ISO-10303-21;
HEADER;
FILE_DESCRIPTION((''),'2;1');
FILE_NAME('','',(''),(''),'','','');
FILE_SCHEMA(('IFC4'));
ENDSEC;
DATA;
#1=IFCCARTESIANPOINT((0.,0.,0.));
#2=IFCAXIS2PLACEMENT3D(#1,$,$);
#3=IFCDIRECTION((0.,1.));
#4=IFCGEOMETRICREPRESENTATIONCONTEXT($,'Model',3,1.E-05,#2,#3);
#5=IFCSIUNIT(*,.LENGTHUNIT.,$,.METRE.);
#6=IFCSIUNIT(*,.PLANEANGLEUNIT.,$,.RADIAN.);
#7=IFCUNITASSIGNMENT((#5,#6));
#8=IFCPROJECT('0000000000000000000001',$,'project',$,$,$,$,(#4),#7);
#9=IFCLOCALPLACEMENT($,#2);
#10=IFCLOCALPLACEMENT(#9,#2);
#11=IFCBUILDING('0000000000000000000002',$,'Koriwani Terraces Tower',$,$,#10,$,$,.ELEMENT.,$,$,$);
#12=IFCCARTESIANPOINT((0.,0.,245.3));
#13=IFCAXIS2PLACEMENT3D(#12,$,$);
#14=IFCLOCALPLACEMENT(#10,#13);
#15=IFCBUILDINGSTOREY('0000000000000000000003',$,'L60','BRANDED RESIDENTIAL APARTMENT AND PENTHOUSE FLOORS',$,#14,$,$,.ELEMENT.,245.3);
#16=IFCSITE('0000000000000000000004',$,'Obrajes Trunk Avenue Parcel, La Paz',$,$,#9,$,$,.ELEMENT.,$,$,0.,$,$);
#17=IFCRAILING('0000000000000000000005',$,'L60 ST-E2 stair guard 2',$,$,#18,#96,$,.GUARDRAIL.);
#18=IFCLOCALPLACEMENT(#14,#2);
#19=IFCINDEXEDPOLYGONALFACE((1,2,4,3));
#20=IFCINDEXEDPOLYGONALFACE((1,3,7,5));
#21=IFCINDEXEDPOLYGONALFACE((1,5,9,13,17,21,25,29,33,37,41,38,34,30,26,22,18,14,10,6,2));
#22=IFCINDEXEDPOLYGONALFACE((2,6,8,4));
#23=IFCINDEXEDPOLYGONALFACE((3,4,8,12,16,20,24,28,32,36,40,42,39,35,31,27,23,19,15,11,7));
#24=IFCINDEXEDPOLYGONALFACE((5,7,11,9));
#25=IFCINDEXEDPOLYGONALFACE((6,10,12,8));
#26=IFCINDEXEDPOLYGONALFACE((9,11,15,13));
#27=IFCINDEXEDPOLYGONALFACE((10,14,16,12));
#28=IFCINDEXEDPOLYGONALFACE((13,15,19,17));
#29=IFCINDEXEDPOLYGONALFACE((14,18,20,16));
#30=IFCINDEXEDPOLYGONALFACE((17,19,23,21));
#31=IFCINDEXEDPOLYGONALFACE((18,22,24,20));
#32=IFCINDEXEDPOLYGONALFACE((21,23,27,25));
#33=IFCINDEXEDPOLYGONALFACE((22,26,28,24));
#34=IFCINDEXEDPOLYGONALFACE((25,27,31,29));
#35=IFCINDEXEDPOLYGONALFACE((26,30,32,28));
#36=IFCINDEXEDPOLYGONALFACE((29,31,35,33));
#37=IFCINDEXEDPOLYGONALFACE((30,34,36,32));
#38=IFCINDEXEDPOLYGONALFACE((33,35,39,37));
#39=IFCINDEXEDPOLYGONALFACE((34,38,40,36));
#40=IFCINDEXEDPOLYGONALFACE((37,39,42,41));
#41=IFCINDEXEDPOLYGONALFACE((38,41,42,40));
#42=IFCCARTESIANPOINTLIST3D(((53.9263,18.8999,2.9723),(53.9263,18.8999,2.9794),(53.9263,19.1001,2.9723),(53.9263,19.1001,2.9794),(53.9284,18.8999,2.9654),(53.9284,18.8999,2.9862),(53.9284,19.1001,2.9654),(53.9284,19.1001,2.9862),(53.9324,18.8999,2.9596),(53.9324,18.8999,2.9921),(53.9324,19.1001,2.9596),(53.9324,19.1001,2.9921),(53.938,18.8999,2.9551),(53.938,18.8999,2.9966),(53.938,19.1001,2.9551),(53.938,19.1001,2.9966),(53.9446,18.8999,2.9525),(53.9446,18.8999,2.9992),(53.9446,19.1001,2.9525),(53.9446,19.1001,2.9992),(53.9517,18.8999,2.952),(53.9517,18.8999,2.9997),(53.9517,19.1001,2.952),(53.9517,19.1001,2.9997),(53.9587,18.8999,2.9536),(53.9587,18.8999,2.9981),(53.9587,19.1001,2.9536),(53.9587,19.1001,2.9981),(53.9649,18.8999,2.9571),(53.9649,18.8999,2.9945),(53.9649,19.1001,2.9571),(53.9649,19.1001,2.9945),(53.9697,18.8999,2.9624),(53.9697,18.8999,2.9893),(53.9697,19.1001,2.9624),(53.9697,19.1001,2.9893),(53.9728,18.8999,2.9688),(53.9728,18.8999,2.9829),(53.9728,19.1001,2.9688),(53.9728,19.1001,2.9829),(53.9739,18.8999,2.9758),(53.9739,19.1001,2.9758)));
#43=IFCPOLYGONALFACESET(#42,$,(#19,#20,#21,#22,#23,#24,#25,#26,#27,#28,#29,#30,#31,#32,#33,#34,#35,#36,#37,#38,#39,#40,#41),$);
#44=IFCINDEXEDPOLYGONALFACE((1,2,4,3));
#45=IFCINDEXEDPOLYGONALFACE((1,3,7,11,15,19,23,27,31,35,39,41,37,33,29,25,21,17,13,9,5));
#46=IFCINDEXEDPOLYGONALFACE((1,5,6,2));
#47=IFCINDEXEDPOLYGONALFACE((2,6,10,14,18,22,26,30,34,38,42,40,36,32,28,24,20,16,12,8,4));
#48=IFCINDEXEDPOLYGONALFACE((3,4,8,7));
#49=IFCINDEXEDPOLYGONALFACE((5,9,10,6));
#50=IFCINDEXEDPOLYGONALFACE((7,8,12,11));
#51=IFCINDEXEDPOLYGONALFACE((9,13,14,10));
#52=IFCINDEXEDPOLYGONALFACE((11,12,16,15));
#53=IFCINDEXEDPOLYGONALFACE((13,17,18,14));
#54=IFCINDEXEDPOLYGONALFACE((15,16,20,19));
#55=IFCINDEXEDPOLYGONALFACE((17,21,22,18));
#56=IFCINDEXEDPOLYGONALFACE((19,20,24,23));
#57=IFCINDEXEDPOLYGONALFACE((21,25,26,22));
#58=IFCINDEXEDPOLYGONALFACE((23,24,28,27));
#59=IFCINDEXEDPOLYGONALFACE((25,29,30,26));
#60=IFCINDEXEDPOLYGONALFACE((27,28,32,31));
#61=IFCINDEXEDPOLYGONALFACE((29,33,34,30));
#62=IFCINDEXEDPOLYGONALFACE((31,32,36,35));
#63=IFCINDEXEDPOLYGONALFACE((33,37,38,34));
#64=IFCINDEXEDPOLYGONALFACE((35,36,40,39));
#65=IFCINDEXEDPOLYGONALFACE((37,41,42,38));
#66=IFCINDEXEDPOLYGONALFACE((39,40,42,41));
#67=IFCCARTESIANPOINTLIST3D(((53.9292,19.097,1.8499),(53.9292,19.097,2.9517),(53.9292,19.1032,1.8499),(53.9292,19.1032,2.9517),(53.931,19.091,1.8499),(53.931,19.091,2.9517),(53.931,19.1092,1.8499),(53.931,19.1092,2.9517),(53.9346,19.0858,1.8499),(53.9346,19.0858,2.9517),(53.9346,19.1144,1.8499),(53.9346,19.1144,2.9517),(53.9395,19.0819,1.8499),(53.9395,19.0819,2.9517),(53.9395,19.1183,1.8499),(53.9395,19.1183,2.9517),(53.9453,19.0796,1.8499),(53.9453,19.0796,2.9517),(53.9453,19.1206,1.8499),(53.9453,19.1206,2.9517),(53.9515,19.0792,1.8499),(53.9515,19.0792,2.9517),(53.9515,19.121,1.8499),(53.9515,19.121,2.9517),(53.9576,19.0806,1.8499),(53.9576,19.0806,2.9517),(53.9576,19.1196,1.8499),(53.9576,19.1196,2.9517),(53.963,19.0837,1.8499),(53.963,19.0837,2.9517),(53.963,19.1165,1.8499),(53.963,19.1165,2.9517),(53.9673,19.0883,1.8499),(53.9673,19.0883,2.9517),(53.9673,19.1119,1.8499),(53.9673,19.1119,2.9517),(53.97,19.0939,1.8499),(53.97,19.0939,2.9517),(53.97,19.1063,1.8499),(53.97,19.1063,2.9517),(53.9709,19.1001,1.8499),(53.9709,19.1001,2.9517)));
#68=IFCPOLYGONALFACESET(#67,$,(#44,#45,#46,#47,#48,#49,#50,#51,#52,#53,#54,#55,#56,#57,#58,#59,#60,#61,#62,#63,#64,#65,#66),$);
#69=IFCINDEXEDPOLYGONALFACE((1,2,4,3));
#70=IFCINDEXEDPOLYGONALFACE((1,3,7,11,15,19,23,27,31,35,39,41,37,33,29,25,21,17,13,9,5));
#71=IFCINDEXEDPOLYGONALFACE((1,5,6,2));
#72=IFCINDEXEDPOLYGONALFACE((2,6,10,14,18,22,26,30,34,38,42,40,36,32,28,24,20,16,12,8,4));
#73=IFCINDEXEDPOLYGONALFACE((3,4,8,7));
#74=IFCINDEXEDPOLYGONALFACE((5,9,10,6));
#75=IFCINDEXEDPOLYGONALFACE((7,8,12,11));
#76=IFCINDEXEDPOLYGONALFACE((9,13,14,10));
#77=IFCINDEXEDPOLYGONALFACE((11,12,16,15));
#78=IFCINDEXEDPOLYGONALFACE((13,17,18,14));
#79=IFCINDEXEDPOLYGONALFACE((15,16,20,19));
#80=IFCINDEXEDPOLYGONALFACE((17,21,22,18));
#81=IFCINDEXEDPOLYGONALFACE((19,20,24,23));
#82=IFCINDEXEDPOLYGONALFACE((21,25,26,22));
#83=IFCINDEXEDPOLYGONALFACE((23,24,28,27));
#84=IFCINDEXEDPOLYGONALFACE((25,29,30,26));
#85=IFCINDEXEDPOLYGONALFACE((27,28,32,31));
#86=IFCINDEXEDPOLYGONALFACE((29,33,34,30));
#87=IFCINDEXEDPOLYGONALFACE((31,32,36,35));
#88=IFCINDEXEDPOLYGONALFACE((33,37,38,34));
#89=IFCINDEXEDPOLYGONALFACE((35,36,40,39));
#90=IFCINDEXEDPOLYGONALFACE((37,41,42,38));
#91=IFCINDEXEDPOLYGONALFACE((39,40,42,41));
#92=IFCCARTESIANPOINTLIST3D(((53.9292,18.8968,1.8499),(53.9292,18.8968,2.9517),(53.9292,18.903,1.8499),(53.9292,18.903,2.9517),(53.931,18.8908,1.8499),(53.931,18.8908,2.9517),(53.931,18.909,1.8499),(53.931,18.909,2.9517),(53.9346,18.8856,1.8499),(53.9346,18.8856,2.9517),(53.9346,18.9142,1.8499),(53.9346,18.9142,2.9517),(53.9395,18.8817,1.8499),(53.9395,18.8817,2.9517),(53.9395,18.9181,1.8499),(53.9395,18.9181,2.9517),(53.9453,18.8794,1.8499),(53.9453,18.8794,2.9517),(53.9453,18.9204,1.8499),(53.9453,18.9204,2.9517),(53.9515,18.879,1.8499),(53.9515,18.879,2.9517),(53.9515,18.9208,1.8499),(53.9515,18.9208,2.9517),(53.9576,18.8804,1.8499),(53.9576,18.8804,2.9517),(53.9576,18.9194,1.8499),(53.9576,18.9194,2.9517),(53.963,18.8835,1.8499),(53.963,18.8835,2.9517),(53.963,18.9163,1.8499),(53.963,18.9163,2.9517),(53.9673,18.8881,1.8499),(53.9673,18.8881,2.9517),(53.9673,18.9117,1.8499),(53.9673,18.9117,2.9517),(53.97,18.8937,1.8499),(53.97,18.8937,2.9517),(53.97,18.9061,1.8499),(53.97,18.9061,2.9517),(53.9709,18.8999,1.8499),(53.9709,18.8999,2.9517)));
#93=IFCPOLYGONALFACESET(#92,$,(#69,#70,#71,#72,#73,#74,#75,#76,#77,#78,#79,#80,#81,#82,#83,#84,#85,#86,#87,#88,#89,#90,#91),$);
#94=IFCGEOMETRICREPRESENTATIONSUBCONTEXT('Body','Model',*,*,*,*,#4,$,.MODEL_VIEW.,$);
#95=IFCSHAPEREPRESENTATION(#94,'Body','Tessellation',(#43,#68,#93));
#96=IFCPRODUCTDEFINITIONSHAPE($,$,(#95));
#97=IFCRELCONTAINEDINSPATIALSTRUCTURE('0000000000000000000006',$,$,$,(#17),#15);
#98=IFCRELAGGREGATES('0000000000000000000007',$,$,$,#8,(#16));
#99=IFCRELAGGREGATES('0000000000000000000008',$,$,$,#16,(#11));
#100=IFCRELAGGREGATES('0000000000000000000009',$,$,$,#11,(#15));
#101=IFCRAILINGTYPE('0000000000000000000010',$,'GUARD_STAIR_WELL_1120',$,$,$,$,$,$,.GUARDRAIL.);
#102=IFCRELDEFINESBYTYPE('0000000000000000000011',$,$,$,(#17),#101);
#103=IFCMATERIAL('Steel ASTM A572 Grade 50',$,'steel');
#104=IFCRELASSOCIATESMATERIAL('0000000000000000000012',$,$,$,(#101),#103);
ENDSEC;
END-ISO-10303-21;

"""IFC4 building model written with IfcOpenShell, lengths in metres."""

from ifc_helpers import new_model, si_unit, direction, frame, origin, origin_2d, place, context, subcontext, project, spatial, circle, extrude, material, type_object, element, save


model = new_model("IFC4")

# Units and contexts
model_context = context("Model", 3, precision=1e-05, world=origin(), true_north=direction((0.0, 1.0)))
body_context = subcontext(model_context, "Body", "Model", "MODEL_VIEW")
ifc_project = project(units=[si_unit("LENGTHUNIT", "METRE"), si_unit("PLANEANGLEUNIT", "RADIAN")], contexts=[model_context])

# Site, building, storey
site_placement = place(None, origin())
site = spatial("IfcSite", under=ifc_project, at=site_placement, Name="Obrajes Trunk Avenue Parcel, La Paz", CompositionType="ELEMENT", RefElevation=0.0)
building_placement = place(site_placement, origin())
building = spatial("IfcBuilding", under=site, at=building_placement, Name="Koriwani Terraces Tower", CompositionType="ELEMENT")
storey_placement = place(building_placement, frame((0.0, 0.0, 245.3)))
storey = spatial("IfcBuildingStorey", under=building, at=storey_placement, Name="L60", Description="BRANDED RESIDENTIAL APARTMENT AND PENTHOUSE FLOORS", CompositionType="ELEMENT", Elevation=245.3)

# Shared definitions
ifc_material_1 = material(Name="Steel ASTM A572 Grade 50", Category="steel")

# Railing
railing_type_1 = type_object("IfcRailingType", Name="GUARD_STAIR_WELL_1120", PredefinedType="GUARDRAIL", material=ifc_material_1)
railing_1_placement = place(storey_placement, frame((53.95, 19.1001, 1.8499)))
element("IfcRailing", 1, at=railing_1_placement, inside=storey, type_object=railing_type_1, Name="L60 ST-E2 stair guard 2", PredefinedType="GUARDRAIL", context=body_context, shape_type="SweptSolid", body=[
    extrude(circle(Radius=0.0239, at=origin_2d()), frame((0.0, 0.0, 1.126), z_axis=(0.0, -1.0, 0.0), x_axis=(1.0, 0.0, 0.0)), (0.0, 0.0, 1.0), 0.2002),
    extrude(circle(Radius=0.021, at=origin_2d()), origin(), (0.0, 0.0, 1.0), 1.1018),
    extrude(circle(Radius=0.021, at=origin_2d()), frame((0.0, -0.2002, 0.0)), (0.0, 0.0, 1.0), 1.1018),
])

save(model, "model.ifc")
